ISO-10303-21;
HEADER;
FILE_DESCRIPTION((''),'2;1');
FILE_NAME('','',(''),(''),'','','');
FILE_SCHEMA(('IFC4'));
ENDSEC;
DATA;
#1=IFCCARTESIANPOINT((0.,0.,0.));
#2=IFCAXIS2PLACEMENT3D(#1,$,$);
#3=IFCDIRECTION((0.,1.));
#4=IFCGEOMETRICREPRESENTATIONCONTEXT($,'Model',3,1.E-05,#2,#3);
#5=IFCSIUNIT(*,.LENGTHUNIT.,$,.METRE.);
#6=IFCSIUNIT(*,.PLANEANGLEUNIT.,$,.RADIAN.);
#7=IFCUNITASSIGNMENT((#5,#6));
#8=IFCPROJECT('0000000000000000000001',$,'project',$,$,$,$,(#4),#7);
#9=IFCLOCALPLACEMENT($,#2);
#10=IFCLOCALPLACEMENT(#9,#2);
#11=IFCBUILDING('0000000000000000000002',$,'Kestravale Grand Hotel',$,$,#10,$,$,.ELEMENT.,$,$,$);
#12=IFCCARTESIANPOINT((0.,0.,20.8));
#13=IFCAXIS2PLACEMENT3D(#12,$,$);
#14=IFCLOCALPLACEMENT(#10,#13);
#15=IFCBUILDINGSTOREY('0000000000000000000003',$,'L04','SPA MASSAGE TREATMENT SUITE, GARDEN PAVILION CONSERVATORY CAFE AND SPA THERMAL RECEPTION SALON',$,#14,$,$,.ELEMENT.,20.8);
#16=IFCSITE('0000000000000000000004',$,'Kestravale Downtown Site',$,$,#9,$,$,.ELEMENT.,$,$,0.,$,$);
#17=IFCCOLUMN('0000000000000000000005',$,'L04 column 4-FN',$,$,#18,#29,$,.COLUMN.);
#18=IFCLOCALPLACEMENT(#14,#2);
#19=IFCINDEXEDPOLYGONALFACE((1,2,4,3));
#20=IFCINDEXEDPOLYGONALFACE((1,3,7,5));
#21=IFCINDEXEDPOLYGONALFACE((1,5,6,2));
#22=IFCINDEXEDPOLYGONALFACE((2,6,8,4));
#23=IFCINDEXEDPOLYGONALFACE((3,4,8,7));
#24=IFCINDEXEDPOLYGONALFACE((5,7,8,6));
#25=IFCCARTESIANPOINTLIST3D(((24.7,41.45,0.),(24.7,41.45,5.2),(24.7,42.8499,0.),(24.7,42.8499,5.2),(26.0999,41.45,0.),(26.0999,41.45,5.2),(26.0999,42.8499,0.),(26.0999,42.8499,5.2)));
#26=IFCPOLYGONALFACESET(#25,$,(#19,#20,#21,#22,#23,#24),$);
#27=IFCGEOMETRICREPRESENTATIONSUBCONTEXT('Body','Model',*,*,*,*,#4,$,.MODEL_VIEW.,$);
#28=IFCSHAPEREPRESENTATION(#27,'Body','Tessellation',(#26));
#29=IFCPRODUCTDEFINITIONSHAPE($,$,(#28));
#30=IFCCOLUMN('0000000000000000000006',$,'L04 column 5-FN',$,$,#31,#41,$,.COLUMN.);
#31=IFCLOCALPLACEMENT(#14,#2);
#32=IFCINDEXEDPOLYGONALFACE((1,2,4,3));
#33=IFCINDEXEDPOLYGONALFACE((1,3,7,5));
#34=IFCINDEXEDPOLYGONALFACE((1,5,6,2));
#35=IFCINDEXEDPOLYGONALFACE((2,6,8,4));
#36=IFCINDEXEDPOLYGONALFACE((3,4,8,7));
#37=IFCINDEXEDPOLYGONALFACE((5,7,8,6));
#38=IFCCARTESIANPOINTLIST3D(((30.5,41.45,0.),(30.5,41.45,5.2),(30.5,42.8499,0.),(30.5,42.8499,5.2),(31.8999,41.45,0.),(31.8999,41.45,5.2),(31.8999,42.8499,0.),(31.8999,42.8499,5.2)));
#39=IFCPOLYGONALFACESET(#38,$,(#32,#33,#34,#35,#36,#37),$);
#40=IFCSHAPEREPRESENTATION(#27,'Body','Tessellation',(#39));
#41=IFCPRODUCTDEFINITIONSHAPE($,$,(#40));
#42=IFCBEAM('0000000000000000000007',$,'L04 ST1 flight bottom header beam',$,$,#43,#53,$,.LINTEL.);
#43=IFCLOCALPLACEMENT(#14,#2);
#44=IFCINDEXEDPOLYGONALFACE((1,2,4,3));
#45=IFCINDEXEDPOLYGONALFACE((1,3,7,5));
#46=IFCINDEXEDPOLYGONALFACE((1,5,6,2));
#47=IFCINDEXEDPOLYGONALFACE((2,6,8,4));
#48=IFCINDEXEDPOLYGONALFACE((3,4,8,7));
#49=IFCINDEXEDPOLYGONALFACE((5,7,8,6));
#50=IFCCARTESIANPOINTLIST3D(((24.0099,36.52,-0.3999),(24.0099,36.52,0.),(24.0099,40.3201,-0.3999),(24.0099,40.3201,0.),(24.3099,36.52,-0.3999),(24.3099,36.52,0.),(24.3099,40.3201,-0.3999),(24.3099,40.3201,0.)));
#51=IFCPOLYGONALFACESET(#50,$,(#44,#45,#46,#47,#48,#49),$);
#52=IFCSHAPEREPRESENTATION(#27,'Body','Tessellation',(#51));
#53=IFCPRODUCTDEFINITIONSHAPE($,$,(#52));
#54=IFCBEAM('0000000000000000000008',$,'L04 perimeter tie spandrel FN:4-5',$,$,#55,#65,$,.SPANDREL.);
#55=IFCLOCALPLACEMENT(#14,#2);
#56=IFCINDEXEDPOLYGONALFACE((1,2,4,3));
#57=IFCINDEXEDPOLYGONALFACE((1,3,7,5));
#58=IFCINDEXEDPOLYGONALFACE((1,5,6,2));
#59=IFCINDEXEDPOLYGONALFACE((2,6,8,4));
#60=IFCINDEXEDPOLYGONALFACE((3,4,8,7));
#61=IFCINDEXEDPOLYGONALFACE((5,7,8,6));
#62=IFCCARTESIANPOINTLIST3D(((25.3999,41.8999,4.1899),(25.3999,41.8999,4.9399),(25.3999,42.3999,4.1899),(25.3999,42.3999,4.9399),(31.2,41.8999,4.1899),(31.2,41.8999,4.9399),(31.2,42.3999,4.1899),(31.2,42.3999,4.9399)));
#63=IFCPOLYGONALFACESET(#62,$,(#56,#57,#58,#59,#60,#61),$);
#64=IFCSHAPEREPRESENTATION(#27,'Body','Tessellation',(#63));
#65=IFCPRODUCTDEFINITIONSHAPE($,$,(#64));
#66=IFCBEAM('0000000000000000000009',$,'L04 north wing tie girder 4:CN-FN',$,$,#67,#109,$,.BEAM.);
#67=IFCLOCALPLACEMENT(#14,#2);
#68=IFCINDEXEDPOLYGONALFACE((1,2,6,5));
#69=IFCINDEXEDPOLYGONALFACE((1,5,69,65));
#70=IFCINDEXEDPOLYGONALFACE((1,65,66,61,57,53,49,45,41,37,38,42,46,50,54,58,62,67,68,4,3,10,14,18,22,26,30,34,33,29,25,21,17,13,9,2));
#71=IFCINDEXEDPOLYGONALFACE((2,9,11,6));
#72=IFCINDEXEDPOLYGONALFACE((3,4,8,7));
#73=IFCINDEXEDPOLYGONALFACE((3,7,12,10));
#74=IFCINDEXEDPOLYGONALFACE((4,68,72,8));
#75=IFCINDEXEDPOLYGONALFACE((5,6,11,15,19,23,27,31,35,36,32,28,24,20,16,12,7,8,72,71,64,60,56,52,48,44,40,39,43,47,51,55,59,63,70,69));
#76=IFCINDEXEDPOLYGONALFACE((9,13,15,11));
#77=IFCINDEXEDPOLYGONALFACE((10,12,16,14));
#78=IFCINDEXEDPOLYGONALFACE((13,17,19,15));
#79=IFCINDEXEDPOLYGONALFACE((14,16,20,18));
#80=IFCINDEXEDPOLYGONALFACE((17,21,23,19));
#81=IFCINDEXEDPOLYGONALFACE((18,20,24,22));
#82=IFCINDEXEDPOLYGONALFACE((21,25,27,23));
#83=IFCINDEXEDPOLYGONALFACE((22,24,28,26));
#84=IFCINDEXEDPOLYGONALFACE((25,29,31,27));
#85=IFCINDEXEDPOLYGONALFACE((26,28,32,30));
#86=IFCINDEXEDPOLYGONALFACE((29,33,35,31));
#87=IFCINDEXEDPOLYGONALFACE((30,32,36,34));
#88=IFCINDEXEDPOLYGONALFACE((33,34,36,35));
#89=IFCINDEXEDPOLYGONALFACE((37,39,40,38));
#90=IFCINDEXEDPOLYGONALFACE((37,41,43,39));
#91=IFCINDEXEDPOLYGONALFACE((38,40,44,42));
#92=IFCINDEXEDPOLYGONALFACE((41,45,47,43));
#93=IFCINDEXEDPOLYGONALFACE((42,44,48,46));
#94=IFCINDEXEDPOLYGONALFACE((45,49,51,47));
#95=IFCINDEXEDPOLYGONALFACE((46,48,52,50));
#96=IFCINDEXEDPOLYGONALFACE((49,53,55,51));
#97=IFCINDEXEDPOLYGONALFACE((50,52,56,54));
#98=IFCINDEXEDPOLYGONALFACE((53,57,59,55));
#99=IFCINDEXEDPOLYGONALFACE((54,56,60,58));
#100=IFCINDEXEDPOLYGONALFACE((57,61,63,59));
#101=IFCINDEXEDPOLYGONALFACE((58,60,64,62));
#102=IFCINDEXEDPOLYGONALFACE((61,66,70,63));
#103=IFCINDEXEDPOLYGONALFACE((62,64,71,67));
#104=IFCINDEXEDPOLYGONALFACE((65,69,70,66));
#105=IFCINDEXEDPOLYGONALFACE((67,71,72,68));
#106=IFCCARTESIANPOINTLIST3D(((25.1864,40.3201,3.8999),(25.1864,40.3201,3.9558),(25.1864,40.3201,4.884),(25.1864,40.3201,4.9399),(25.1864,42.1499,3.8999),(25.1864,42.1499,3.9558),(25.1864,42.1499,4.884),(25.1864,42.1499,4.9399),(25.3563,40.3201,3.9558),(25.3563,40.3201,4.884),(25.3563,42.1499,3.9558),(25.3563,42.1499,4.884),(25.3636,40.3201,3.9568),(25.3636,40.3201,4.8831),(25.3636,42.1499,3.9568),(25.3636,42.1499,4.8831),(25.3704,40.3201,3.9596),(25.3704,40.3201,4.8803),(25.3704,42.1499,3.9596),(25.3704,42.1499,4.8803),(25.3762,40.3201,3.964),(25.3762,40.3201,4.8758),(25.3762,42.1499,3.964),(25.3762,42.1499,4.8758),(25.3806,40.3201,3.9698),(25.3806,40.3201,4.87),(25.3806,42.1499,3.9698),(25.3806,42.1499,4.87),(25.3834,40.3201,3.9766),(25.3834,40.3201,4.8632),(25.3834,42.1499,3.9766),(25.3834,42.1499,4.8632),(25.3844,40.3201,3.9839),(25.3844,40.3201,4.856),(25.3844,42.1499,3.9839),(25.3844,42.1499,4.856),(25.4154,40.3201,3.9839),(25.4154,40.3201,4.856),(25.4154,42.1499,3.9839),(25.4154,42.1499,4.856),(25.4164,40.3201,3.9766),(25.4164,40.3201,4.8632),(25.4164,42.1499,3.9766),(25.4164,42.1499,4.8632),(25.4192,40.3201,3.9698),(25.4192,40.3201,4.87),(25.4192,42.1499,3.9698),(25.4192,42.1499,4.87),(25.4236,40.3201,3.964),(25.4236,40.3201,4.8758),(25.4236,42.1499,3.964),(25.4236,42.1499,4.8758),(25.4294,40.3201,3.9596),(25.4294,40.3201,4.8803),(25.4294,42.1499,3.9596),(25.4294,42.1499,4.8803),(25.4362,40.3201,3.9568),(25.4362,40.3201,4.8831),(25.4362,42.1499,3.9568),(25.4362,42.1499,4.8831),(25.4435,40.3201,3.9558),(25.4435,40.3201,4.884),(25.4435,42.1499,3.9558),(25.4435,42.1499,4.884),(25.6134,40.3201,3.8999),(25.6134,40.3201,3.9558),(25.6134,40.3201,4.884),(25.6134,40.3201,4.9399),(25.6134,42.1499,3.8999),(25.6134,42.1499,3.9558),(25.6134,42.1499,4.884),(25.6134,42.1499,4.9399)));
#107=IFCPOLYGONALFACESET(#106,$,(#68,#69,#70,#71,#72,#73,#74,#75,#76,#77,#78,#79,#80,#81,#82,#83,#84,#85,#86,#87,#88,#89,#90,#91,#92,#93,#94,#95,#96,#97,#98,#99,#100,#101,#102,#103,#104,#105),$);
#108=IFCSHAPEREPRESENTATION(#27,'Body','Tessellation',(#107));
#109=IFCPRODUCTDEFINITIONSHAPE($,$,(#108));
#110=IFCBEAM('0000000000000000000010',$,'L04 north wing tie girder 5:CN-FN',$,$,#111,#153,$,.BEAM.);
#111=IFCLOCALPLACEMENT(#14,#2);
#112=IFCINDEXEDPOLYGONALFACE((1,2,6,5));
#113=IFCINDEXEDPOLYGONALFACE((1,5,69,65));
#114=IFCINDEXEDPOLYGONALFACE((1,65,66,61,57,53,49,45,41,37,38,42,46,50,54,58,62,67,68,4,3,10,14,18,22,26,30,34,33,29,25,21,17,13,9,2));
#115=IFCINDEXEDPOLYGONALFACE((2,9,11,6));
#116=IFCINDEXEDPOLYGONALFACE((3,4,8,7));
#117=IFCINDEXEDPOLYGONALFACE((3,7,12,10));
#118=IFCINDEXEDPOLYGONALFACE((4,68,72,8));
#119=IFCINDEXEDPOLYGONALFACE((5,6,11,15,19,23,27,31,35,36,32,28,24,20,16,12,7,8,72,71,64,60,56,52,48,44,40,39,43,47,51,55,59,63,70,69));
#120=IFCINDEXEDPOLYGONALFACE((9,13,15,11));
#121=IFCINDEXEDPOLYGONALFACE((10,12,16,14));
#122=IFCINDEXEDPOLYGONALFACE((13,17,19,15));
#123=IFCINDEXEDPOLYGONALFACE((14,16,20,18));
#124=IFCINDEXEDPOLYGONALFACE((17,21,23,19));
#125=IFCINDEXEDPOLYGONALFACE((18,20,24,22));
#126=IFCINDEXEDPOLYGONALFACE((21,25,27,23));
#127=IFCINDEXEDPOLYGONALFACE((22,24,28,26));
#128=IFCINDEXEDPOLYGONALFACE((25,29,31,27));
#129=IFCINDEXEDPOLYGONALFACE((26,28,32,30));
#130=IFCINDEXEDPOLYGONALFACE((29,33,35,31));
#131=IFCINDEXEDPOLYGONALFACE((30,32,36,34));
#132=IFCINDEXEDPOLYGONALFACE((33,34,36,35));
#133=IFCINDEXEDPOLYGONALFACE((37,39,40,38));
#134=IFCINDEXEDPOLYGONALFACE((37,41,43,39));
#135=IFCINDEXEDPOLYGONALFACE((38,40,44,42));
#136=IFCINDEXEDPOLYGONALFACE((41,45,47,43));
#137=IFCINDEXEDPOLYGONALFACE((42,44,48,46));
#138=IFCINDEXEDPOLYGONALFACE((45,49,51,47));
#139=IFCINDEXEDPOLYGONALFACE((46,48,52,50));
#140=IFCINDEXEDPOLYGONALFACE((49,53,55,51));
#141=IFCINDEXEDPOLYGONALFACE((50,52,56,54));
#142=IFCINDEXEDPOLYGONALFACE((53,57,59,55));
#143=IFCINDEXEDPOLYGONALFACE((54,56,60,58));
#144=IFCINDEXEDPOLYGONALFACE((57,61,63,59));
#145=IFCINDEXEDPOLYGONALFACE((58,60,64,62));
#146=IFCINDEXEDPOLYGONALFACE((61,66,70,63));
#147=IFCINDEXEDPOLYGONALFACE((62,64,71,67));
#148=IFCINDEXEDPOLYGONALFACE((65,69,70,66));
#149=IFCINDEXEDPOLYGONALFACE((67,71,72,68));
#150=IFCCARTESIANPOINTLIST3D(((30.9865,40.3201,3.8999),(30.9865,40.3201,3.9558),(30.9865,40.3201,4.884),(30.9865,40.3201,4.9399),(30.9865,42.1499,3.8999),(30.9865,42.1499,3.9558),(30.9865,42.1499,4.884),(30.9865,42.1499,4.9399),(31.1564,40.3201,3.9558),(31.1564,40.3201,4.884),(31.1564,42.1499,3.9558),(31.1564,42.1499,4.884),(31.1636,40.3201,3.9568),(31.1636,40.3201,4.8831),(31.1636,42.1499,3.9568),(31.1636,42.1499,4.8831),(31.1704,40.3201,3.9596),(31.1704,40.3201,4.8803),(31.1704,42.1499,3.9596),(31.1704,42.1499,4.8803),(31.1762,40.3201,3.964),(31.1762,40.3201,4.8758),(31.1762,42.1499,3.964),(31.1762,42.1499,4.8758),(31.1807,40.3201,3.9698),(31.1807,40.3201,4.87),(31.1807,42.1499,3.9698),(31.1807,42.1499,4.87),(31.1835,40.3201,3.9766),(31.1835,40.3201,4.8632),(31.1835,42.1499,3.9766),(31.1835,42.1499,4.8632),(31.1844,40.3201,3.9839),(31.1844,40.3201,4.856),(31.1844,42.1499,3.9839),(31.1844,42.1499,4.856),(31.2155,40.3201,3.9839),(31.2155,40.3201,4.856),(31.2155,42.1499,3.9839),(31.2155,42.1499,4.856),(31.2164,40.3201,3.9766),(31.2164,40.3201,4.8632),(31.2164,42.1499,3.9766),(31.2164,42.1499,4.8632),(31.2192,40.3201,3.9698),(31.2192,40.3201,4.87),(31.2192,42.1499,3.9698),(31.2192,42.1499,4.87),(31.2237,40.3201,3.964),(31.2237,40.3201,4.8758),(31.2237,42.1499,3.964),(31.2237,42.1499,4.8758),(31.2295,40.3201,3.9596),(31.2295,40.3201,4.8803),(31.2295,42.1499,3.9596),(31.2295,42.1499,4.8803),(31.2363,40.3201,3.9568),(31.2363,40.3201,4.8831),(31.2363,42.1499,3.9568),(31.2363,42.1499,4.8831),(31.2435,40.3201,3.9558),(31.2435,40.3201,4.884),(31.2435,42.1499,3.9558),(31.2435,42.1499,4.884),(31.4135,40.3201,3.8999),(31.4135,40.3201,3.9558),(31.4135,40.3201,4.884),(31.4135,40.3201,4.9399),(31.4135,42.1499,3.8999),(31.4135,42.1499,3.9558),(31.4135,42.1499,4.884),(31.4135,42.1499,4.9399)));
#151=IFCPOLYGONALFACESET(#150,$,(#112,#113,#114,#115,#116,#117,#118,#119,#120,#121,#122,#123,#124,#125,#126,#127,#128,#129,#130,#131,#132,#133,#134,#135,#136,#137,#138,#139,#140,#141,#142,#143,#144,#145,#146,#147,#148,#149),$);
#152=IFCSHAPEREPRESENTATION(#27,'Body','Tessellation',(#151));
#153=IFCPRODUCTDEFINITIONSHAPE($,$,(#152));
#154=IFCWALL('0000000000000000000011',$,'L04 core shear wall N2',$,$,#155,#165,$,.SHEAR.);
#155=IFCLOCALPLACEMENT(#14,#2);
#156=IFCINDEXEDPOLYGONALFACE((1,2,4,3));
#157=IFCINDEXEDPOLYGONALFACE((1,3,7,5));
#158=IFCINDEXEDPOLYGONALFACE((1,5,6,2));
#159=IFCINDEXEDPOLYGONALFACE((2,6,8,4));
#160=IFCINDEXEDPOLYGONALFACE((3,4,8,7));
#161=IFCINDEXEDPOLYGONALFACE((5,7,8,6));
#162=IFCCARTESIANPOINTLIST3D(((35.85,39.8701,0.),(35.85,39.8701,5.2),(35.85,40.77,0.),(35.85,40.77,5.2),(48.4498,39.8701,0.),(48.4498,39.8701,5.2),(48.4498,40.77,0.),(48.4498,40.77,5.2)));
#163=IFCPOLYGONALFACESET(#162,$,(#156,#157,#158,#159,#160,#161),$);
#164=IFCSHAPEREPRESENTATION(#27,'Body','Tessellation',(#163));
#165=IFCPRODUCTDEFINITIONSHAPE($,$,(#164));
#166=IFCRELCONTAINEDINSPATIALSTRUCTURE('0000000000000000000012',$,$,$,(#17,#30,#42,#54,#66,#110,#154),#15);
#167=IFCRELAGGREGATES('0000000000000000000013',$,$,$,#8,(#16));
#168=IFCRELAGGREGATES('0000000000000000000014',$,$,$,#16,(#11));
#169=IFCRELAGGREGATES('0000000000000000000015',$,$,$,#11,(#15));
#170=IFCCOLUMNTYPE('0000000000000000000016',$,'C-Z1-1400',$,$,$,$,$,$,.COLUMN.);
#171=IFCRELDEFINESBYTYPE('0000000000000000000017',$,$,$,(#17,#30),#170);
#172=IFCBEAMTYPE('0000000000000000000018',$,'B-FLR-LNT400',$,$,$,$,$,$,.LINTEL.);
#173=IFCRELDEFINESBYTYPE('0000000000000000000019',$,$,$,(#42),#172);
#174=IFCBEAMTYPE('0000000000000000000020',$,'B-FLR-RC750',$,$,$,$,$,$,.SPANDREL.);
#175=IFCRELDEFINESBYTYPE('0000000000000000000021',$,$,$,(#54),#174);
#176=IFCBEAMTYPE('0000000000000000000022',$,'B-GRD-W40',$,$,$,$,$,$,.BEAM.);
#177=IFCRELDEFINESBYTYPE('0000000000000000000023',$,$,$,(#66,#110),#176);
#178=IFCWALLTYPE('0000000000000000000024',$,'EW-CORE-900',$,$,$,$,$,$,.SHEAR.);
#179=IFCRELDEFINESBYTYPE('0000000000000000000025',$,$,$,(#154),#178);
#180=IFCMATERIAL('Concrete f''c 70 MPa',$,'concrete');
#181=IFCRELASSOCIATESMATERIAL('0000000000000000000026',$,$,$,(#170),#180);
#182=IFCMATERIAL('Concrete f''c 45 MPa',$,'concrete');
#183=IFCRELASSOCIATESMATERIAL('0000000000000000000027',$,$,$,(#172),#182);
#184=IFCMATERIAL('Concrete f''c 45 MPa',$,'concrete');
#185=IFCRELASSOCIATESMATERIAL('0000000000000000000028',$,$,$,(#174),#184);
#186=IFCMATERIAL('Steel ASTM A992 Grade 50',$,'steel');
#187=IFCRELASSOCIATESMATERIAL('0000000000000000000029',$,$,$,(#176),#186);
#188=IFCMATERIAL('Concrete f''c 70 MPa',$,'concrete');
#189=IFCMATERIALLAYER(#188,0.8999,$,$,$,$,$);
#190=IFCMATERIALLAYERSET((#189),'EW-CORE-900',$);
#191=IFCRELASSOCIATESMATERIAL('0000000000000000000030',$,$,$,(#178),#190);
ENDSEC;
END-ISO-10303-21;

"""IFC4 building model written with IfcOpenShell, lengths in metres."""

from ifc_helpers import new_model, si_unit, direction, frame, frame_2d, origin, origin_2d, place, context, subcontext, project, spatial, rectangle, i_section, extrude, material, layer, layer_set, material_profile, profile_set, type_object, element, save


model = new_model("IFC4")

# Units and contexts
model_context = context("Model", 3, precision=1e-05, world=origin(), true_north=direction((0.0, 1.0)))
body_context = subcontext(model_context, "Body", "Model", "MODEL_VIEW")
ifc_project = project(units=[si_unit("LENGTHUNIT", "METRE"), si_unit("PLANEANGLEUNIT", "RADIAN")], contexts=[model_context])

# Site, building, storey
site_placement = place(None, origin())
site = spatial("IfcSite", under=ifc_project, at=site_placement, Name="Kestravale Downtown Site", CompositionType="ELEMENT", RefElevation=0.0)
building_placement = place(site_placement, origin())
building = spatial("IfcBuilding", under=site, at=building_placement, Name="Kestravale Grand Hotel", CompositionType="ELEMENT")
storey_placement = place(building_placement, frame((0.0, 0.0, 20.8)))
storey = spatial("IfcBuildingStorey", under=building, at=storey_placement, Name="L04", Description="SPA MASSAGE TREATMENT SUITE, GARDEN PAVILION CONSERVATORY CAFE AND SPA THERMAL RECEPTION SALON", CompositionType="ELEMENT", Elevation=20.8)

# Columns
ifc_material_1 = material(Name="Concrete f'c 70 MPa", Category="concrete")
ifc_material_profile_1 = material_profile(ifc_material_1, rectangle(XDim=1.3999, YDim=1.3999, at=origin_2d()))
ifc_profile_set_1 = profile_set([ifc_material_profile_1], Name="Concrete f'c 70 MPa")
column_type = type_object("IfcColumnType", Name="C-Z1-1400", PredefinedType="COLUMN", material=ifc_profile_set_1)
for number, where, z_axis, x_axis, name in (
    (1, (25.3999, 42.1499, 0.0), (0.0, 0.0, 1.0), (1.0, 0.0, 0.0), "L04 column 4-FN"),
    (2, (31.2, 42.1499, 0.0), (0.0, 0.0, 1.0), (1.0, 0.0, 0.0), "L04 column 5-FN"),
):
    element("IfcColumn", number, at=place(storey_placement, frame(where, z_axis=z_axis, x_axis=x_axis)), inside=storey, type_object=column_type, Name=name, PredefinedType="COLUMN", context=body_context, shape_type="SweptSolid", body=[
        extrude(rectangle(XDim=1.3999, YDim=1.3999, at=origin_2d()), origin(), (0.0, 0.0, 1.0), 5.2),
    ])

# Beams
ifc_material_2 = material(Name="Concrete f'c 45 MPa", Category="concrete")
ifc_material_profile_2 = material_profile(ifc_material_2, rectangle(XDim=0.3, YDim=0.3999, at=origin_2d()))
ifc_profile_set_2 = profile_set([ifc_material_profile_2], Name="Concrete f'c 45 MPa")
beam_type_1 = type_object("IfcBeamType", Name="B-FLR-LNT400", PredefinedType="LINTEL", material=ifc_profile_set_2)
beam_1_placement = place(storey_placement, frame((24.1599, 36.52, -0.2), z_axis=(0.0, 1.0, 0.0), x_axis=(-1.0, 0.0, 0.0)))
element("IfcBeam", 3, at=beam_1_placement, inside=storey, type_object=beam_type_1, Name="L04 ST1 flight bottom header beam", PredefinedType="LINTEL", context=body_context, shape_type="SweptSolid", body=[
    extrude(rectangle(XDim=0.3, YDim=0.3999, at=origin_2d()), origin(), (0.0, 0.0, 1.0), 3.8),
])
ifc_material_3 = material(Name="Concrete f'c 45 MPa", Category="concrete")
ifc_material_profile_3 = material_profile(ifc_material_3, rectangle(XDim=0.5, YDim=0.75, at=origin_2d()))
ifc_profile_set_3 = profile_set([ifc_material_profile_3], Name="Concrete f'c 45 MPa")
beam_type_2 = type_object("IfcBeamType", Name="B-FLR-RC750", PredefinedType="SPANDREL", material=ifc_profile_set_3)
beam_2_placement = place(storey_placement, frame((25.3999, 42.1499, 4.5649), z_axis=(1.0, 0.0, 0.0), x_axis=(0.0, 1.0, 0.0)))
element("IfcBeam", 4, at=beam_2_placement, inside=storey, type_object=beam_type_2, Name="L04 perimeter tie spandrel FN:4-5", PredefinedType="SPANDREL", context=body_context, shape_type="SweptSolid", body=[
    extrude(rectangle(XDim=0.5, YDim=0.75, at=origin_2d()), origin(), (0.0, 0.0, 1.0), 5.8),
])
ifc_material_4 = material(Name="Steel ASTM A992 Grade 50", Category="steel")
ifc_material_profile_4 = material_profile(ifc_material_4, i_section(OverallWidth=0.427, OverallDepth=1.04, WebThickness=0.031, FlangeThickness=0.0559, FilletRadius=0.0281, at=origin_2d()))
ifc_profile_set_4 = profile_set([ifc_material_profile_4], Name="Steel ASTM A992 Grade 50")
beam_type_3 = type_object("IfcBeamType", Name="B-GRD-W40", PredefinedType="BEAM", material=ifc_profile_set_4)
for number, where, z_axis, x_axis, name in (
    (5, (25.3999, 40.3201, 4.4199), (0.0, 1.0, 0.0), (-1.0, 0.0, 0.0), "L04 north wing tie girder 4:CN-FN"),
    (6, (31.2, 40.3201, 4.4199), (0.0, 1.0, 0.0), (-1.0, 0.0, 0.0), "L04 north wing tie girder 5:CN-FN"),
):
    element("IfcBeam", number, at=place(storey_placement, frame(where, z_axis=z_axis, x_axis=x_axis)), inside=storey, type_object=beam_type_3, Name=name, PredefinedType="BEAM", context=body_context, shape_type="SweptSolid", body=[
        extrude(i_section(OverallWidth=0.427, OverallDepth=1.04, WebThickness=0.031, FlangeThickness=0.0559, FilletRadius=0.0281, at=origin_2d()), origin(), (0.0, 0.0, 1.0), 1.8298),
    ])

# Wall
ifc_material_5 = material(Name="Concrete f'c 70 MPa", Category="concrete")
ifc_layer_1 = layer(ifc_material_5, 0.8999)
ifc_layer_set_1 = layer_set([ifc_layer_1], Name="EW-CORE-900")
wall_type_1 = type_object("IfcWallType", Name="EW-CORE-900", PredefinedType="SHEAR", material=ifc_layer_set_1)
wall_1_placement = place(storey_placement, frame((35.8501, 40.3201, 0.0), z_axis=(0.0, 0.0, 1.0), x_axis=(1.0, 0.0, 0.0)))
element("IfcWall", 7, at=wall_1_placement, inside=storey, type_object=wall_type_1, Name="L04 core shear wall N2", PredefinedType="SHEAR", context=body_context, shape_type="SweptSolid", body=[
    extrude(rectangle(XDim=12.5999, YDim=0.8999, at=frame_2d((6.2998, 0.0))), origin(), (0.0, 0.0, 1.0), 5.2),
])

save(model, "model.ifc")
